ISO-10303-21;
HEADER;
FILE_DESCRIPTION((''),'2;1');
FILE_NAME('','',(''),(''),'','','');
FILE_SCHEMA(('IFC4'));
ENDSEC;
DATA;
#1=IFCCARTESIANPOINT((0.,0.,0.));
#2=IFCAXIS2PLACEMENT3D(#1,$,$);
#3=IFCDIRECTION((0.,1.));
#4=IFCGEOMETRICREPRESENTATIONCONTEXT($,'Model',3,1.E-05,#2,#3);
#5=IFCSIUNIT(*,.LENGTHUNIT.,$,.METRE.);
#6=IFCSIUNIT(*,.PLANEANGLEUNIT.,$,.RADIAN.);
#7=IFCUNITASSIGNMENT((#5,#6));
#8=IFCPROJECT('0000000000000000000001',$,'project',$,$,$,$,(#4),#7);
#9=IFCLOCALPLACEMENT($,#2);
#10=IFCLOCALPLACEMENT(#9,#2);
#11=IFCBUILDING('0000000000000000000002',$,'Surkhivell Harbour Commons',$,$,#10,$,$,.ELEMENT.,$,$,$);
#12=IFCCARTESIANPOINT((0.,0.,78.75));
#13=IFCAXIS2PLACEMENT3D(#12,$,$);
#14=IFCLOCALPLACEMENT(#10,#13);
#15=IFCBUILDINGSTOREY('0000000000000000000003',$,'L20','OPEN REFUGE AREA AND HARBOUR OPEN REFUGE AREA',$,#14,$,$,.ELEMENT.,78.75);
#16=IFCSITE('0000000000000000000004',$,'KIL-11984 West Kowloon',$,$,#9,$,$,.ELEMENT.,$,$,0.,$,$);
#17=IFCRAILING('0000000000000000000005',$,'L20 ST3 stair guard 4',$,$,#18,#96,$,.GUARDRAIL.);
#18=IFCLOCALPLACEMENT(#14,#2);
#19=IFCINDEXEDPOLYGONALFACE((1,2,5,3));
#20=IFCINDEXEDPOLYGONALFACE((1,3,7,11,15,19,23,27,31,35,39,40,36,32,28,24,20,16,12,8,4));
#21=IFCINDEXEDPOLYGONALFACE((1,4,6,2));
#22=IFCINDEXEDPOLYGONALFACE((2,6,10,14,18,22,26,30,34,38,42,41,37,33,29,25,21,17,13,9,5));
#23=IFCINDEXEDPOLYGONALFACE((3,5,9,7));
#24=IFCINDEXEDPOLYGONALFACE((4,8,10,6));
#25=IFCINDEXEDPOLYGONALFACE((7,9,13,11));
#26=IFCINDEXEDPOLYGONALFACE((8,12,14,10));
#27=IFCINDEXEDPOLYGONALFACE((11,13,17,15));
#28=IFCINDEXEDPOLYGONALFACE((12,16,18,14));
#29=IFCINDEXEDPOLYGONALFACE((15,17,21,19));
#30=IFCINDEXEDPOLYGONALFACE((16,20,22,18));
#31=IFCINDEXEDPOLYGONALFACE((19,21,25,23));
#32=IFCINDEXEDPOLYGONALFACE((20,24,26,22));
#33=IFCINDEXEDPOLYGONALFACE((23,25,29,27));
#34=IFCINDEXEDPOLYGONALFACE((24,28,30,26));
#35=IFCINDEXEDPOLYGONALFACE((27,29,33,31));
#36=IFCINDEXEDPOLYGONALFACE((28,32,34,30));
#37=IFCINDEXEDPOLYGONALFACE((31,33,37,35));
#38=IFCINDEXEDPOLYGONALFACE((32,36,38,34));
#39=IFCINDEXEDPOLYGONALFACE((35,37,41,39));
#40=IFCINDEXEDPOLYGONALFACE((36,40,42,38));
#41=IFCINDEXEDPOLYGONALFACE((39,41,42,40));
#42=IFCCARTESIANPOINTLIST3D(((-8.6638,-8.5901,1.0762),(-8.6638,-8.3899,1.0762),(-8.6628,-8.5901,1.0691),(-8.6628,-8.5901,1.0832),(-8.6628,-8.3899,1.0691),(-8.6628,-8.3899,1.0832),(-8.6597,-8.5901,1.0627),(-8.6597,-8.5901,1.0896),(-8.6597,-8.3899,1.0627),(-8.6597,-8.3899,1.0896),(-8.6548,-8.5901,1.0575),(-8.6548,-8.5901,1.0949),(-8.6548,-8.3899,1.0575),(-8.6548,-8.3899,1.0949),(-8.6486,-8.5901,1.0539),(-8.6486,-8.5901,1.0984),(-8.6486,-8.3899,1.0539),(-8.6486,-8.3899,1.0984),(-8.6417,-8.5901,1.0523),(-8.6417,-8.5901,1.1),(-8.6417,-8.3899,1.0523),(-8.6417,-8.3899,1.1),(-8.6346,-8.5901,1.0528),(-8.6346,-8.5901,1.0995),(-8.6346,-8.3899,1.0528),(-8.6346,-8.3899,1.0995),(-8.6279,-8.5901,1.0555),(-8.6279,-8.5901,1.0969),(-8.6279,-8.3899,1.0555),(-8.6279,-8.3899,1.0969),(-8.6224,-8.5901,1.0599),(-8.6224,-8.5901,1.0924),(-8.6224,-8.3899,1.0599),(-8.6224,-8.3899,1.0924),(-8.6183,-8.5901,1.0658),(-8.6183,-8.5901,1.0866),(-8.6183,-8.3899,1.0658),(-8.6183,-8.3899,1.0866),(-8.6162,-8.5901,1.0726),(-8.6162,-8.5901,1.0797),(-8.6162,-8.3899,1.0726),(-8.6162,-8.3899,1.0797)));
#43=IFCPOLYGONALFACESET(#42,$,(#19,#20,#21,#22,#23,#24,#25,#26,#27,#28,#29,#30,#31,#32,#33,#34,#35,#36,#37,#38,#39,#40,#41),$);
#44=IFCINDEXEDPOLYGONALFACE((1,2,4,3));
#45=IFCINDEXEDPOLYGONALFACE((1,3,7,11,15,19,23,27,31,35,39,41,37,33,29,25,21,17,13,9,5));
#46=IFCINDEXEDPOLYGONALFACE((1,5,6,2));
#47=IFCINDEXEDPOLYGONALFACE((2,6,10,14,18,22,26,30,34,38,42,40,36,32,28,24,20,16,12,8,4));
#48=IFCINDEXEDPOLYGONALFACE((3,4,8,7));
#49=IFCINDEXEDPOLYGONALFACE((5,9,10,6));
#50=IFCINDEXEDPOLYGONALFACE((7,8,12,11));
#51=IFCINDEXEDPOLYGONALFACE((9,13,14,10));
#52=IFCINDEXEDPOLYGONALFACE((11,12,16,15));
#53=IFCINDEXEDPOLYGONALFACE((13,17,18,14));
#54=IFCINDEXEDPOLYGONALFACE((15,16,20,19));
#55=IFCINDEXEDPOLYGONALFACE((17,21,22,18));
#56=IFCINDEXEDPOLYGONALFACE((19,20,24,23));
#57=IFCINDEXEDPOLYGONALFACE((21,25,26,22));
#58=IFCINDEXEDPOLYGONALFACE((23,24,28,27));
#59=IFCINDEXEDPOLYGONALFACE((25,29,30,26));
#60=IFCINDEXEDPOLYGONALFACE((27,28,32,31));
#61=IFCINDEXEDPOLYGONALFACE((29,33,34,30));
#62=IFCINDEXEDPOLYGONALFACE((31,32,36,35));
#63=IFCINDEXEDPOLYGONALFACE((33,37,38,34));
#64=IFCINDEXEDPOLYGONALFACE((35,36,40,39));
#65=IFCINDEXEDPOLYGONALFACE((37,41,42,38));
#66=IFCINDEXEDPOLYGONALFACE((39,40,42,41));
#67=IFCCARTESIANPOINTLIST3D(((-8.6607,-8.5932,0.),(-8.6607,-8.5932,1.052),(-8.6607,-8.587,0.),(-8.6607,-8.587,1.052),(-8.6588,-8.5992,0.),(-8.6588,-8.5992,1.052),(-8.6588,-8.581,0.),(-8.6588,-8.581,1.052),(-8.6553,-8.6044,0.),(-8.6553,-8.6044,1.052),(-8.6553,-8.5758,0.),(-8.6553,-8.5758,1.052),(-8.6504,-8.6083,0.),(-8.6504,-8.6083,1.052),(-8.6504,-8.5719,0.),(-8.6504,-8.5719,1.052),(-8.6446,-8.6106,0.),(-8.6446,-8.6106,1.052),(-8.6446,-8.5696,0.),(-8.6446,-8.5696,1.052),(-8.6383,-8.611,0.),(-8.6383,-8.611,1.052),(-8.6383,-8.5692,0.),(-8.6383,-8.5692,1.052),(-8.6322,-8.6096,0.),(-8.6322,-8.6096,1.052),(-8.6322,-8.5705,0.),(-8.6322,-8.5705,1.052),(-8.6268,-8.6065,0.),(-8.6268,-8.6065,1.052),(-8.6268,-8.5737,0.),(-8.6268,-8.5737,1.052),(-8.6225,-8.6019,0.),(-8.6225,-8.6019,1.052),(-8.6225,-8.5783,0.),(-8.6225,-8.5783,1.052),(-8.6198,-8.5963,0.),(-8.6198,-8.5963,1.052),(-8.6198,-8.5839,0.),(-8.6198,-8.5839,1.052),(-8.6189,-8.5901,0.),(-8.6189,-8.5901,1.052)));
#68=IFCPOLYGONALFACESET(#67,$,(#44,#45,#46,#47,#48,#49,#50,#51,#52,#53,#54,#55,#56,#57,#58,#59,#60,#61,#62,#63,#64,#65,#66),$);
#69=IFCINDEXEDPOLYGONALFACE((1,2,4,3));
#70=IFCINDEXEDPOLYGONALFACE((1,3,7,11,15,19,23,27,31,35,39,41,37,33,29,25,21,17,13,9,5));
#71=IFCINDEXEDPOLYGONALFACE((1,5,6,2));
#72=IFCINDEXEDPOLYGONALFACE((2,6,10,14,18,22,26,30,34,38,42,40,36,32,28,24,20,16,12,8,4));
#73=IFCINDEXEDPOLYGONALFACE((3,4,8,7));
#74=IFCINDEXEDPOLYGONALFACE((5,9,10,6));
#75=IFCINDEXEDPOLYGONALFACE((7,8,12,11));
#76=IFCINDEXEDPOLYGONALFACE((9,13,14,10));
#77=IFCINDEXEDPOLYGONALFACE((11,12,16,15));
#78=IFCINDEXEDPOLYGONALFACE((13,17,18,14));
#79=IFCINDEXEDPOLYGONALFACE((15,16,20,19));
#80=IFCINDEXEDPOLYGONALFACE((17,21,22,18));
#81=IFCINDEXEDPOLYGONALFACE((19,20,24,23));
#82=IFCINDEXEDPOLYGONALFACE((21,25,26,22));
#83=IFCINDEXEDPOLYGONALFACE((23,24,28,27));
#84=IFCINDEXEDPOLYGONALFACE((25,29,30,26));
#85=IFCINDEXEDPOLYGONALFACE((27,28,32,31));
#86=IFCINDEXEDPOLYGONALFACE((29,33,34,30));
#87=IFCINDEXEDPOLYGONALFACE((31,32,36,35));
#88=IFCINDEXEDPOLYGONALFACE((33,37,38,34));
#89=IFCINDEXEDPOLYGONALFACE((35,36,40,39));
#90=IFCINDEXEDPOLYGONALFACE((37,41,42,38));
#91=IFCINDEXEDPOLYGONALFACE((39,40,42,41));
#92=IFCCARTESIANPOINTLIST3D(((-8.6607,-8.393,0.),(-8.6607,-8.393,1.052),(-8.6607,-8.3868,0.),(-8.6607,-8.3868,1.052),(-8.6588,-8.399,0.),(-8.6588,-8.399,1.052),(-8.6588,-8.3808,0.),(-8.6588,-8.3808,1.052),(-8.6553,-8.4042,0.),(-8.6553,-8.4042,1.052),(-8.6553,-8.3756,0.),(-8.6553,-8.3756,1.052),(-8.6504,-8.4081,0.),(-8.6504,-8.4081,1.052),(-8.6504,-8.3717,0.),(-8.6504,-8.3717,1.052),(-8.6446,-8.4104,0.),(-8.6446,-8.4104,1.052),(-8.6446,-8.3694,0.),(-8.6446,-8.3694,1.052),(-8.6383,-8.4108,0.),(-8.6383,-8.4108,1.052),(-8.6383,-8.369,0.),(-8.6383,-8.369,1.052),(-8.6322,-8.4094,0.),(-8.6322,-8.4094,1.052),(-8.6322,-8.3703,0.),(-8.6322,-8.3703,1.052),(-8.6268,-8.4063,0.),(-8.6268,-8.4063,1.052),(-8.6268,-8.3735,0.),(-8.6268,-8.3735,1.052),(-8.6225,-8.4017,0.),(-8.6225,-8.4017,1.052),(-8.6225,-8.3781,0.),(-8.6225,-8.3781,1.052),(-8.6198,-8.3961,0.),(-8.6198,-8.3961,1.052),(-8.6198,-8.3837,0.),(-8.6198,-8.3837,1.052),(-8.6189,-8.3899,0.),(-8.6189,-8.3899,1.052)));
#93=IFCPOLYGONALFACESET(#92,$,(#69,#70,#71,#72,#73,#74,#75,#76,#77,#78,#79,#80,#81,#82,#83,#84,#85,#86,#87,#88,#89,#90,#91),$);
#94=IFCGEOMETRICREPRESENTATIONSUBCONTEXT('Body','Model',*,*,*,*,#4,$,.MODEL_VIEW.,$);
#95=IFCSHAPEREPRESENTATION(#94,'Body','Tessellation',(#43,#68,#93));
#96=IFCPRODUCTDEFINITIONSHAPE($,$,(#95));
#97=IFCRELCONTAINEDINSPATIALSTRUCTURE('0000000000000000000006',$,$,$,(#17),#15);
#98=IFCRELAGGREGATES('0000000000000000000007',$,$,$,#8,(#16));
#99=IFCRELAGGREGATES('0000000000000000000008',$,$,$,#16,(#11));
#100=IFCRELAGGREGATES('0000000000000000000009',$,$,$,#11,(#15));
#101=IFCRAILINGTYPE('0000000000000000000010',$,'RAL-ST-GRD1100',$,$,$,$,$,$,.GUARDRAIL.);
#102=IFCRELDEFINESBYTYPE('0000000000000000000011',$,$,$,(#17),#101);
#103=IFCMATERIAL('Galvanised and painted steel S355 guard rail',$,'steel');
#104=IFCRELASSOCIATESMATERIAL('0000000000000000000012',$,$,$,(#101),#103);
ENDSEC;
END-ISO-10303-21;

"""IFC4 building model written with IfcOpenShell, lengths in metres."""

from ifc_helpers import new_model, si_unit, direction, frame, origin, origin_2d, place, context, subcontext, project, spatial, circle, extrude, material, type_object, element, save


model = new_model("IFC4")

# Units and contexts
model_context = context("Model", 3, precision=1e-05, world=origin(), true_north=direction((0.0, 1.0)))
body_context = subcontext(model_context, "Body", "Model", "MODEL_VIEW")
ifc_project = project(units=[si_unit("LENGTHUNIT", "METRE"), si_unit("PLANEANGLEUNIT", "RADIAN")], contexts=[model_context])

# Site, building, storey
site_placement = place(None, origin())
site = spatial("IfcSite", under=ifc_project, at=site_placement, Name="KIL-11984 West Kowloon", CompositionType="ELEMENT", RefElevation=0.0)
building_placement = place(site_placement, origin())
building = spatial("IfcBuilding", under=site, at=building_placement, Name="Surkhivell Harbour Commons", CompositionType="ELEMENT")
storey_placement = place(building_placement, frame((0.0, 0.0, 78.75)))
storey = spatial("IfcBuildingStorey", under=building, at=storey_placement, Name="L20", Description="OPEN REFUGE AREA AND HARBOUR OPEN REFUGE AREA", CompositionType="ELEMENT", Elevation=78.75)

# Railing
ifc_material_1 = material(Name="Galvanised and painted steel S355 guard rail", Category="steel")
railing_type_1 = type_object("IfcRailingType", Name="RAL-ST-GRD1100", PredefinedType="GUARDRAIL", material=ifc_material_1)
railing_1_placement = place(storey_placement, frame((-8.6399, -8.5901, 0.0)))
element("IfcRailing", 1, at=railing_1_placement, inside=storey, type_object=railing_type_1, Name="L20 ST3 stair guard 4", PredefinedType="GUARDRAIL", context=body_context, shape_type="SweptSolid", body=[
    extrude(circle(Radius=0.0239, at=origin_2d()), frame((0.0, 0.0, 1.0762), z_axis=(0.0, 1.0, 0.0), x_axis=(-1.0, 0.0, 0.0)), (0.0, 0.0, 1.0), 0.2002),
    extrude(circle(Radius=0.021, at=origin_2d()), origin(), (0.0, 0.0, 1.0), 1.052),
    extrude(circle(Radius=0.021, at=origin_2d()), frame((0.0, 0.2002, 0.0)), (0.0, 0.0, 1.0), 1.052),
])

save(model, "model.ifc")
